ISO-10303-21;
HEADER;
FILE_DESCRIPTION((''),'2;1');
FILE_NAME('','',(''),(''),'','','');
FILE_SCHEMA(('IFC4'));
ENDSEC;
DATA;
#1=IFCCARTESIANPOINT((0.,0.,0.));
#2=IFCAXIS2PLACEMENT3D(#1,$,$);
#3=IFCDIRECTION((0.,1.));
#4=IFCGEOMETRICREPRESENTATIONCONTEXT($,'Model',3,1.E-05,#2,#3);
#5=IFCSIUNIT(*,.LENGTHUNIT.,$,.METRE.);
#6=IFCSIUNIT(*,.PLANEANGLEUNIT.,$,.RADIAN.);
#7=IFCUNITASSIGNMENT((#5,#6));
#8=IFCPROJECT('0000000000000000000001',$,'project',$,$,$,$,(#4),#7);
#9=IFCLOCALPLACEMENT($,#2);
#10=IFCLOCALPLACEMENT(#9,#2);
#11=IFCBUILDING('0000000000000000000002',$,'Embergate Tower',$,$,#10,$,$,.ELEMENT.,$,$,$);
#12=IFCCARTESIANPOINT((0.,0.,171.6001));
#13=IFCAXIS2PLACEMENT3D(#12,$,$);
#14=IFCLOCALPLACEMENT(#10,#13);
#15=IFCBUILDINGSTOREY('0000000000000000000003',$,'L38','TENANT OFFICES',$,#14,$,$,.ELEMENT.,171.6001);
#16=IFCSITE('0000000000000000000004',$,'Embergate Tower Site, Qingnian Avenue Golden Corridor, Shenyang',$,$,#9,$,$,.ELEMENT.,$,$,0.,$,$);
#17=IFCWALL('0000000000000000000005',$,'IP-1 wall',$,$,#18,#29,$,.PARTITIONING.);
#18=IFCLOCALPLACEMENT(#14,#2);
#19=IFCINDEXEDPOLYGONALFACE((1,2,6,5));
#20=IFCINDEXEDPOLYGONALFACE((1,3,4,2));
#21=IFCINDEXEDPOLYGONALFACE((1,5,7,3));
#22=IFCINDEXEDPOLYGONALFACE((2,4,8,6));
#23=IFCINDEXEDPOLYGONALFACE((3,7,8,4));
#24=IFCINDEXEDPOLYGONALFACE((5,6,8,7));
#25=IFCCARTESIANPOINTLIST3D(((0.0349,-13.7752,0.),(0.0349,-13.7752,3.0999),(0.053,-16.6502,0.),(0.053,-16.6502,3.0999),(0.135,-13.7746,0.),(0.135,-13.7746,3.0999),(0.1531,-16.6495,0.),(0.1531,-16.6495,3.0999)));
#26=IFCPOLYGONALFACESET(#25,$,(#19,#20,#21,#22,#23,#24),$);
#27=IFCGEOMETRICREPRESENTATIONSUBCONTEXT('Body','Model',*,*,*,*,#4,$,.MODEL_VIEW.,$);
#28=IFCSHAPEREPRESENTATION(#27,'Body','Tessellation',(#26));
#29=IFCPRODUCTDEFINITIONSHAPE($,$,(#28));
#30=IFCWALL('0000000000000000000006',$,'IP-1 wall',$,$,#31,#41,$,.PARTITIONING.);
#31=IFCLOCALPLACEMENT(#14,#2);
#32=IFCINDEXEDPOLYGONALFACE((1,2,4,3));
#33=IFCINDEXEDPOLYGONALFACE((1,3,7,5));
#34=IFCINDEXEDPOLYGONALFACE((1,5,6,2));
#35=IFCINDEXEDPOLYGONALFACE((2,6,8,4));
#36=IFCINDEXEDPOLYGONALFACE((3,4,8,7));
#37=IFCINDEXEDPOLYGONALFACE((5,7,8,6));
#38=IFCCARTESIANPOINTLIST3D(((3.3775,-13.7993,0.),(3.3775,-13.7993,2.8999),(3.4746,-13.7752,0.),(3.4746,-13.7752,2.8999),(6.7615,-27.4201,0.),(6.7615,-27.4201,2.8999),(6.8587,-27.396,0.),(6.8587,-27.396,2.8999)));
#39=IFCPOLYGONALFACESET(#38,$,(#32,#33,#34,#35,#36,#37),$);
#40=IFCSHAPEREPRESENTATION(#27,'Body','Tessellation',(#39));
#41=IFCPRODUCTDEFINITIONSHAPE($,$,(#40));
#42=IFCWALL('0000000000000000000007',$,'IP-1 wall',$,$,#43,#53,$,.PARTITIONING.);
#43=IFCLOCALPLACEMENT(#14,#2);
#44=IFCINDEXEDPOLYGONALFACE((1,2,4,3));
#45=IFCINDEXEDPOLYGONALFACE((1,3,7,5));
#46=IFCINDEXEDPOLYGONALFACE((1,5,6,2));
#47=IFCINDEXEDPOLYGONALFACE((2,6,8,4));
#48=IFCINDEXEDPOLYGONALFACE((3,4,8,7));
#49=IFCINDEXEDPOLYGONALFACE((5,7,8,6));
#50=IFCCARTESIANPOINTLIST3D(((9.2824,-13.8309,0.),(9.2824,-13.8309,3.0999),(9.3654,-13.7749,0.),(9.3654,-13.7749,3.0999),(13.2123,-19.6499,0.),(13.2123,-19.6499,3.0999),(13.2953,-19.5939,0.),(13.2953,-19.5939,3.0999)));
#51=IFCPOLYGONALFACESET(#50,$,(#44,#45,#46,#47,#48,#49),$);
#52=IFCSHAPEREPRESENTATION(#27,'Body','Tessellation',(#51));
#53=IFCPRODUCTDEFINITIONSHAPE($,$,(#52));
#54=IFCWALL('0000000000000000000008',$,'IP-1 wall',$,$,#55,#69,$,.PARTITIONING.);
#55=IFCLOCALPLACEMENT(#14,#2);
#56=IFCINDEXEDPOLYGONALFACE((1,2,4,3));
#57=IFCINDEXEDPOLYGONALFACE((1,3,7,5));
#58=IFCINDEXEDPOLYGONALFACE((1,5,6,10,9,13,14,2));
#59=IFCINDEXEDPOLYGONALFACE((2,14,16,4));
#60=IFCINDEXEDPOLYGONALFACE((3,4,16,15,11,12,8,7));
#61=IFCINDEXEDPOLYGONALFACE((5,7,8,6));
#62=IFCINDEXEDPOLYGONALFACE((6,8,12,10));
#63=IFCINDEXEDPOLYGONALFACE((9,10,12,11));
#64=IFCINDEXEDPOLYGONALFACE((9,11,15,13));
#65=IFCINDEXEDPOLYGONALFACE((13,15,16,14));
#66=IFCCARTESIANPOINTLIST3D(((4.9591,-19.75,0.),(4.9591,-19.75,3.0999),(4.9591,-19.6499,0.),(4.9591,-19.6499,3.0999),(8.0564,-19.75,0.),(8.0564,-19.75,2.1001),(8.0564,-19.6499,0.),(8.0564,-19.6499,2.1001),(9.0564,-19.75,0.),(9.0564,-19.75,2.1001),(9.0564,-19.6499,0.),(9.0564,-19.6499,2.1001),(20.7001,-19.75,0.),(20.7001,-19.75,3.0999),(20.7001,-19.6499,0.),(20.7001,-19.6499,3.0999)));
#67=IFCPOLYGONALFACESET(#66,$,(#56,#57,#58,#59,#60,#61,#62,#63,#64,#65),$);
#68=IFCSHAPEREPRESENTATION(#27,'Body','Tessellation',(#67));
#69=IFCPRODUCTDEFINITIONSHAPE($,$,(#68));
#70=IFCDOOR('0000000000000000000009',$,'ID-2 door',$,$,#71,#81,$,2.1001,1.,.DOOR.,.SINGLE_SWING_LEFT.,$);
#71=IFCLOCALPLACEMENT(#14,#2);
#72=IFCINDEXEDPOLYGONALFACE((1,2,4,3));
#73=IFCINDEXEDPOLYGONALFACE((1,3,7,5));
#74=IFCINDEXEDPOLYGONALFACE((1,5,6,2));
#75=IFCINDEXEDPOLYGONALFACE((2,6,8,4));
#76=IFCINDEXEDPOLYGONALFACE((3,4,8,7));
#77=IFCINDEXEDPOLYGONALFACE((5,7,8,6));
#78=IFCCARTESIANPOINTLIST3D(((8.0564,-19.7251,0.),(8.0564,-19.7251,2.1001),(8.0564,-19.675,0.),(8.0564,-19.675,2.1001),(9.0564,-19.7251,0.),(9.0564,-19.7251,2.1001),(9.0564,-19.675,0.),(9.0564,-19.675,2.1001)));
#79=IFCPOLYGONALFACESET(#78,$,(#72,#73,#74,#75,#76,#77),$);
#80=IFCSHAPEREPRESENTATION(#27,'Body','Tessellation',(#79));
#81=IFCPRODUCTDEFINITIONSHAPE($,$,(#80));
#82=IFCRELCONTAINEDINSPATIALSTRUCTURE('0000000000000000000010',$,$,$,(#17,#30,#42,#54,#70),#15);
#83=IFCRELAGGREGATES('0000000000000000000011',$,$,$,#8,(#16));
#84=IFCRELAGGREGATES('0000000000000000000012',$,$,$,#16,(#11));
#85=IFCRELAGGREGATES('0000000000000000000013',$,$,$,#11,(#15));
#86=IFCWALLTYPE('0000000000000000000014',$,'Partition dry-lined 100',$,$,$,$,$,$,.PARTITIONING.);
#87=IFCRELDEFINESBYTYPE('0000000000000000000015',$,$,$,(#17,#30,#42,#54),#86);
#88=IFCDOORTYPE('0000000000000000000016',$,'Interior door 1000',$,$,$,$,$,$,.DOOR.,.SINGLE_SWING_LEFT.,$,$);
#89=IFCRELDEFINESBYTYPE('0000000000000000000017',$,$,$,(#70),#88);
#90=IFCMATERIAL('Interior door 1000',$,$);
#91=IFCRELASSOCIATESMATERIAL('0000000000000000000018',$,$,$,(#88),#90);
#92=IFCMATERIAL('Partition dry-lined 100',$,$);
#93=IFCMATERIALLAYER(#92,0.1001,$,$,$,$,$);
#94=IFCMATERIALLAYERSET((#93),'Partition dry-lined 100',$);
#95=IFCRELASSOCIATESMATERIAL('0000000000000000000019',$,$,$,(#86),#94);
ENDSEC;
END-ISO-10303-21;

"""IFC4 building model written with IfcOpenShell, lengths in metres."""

from ifc_helpers import new_model, si_unit, direction, frame, frame_2d, origin, place, context, subcontext, project, spatial, rectangle, extrude, source, transform, mapped, material, layer, layer_set, type_object, element, fill, save


model = new_model("IFC4")

# Units and contexts
model_context = context("Model", 3, precision=1e-05, world=origin(), true_north=direction((0.0, 1.0)))
body_context = subcontext(model_context, "Body", "Model", "MODEL_VIEW")
ifc_project = project(units=[si_unit("LENGTHUNIT", "METRE"), si_unit("PLANEANGLEUNIT", "RADIAN")], contexts=[model_context])

# Site, building, storey
site_placement = place(None, origin())
site = spatial("IfcSite", under=ifc_project, at=site_placement, Name="Embergate Tower Site, Qingnian Avenue Golden Corridor, Shenyang", CompositionType="ELEMENT", RefElevation=0.0)
building_placement = place(site_placement, origin())
building = spatial("IfcBuilding", under=site, at=building_placement, Name="Embergate Tower", CompositionType="ELEMENT")
storey_placement = place(building_placement, frame((0.0, 0.0, 171.6001)))
storey = spatial("IfcBuildingStorey", under=building, at=storey_placement, Name="L38", Description="TENANT OFFICES", CompositionType="ELEMENT", Elevation=171.6001)

# Shared definitions
shared_shape_1 = source(origin(), body_context, "Body", "SweptSolid", [
    extrude(rectangle(XDim=1.0, YDim=2.1001, at=frame_2d((0.5, 1.05))), frame((0.0, 0.0249, 0.0), z_axis=(0.0, -1.0, 0.0), x_axis=(1.0, 0.0, 0.0)), (0.0, 0.0, 1.0), 0.05),
])
ifc_material_1 = material(Name="Interior door 1000")
door_type_1 = type_object("IfcDoorType", Name="Interior door 1000", OperationType="SINGLE_SWING_LEFT", PredefinedType="DOOR", material=ifc_material_1)

# Shared definitions
ifc_material_2 = material(Name="Partition dry-lined 100")
ifc_layer_1 = layer(ifc_material_2, 0.1001)
ifc_layer_set_1 = layer_set([ifc_layer_1], Name="Partition dry-lined 100")
wall_type_1 = type_object("IfcWallType", Name="Partition dry-lined 100", PredefinedType="PARTITIONING", material=ifc_layer_set_1)
shared_shape_2 = source(origin(), body_context, "Body", "SweptSolid", [
    extrude(rectangle(XDim=1.0, YDim=2.1001, at=frame_2d((0.5, 1.05))), frame((0.0, 0.0601, 0.0), z_axis=(0.0, -1.0, 0.0), x_axis=(1.0, 0.0, 0.0)), (0.0, 0.0, 1.0), 0.1201),
])

# Walls
shared_shape_3 = source(origin(), body_context, "Body", "SweptSolid", [
    extrude(rectangle(XDim=2.875, YDim=0.1001, at=frame_2d((1.4375, 0.0))), origin(), (0.0, 0.0, 1.0), 3.0999),
])
wall_1_placement = place(storey_placement, frame((0.085, -13.7749, 0.0), z_axis=(0.0, 0.0, 1.0), x_axis=(0.006284, -0.99998, 0.0)))
element("IfcWall", 1, at=wall_1_placement, inside=storey, type_object=wall_type_1, Name="IP-1 wall", PredefinedType="PARTITIONING", context=body_context, shape_type="MappedRepresentation", body=[
    mapped(shared_shape_3, transform((0.0, 0.0, 0.0))),
])
shared_shape_4 = source(origin(), body_context, "Body", "SweptSolid", [
    extrude(rectangle(XDim=14.0349, YDim=0.1001, at=frame_2d((7.0176, 0.0))), origin(), (0.0, 0.0, 1.0), 2.8999),
])
wall_2_placement = place(storey_placement, frame((3.426, -13.7871, 0.0), z_axis=(0.0, 0.0, 1.0), x_axis=(0.241115, -0.970497, 0.0)))
element("IfcWall", 2, at=wall_2_placement, inside=storey, type_object=wall_type_1, Name="IP-1 wall", PredefinedType="PARTITIONING", context=body_context, shape_type="MappedRepresentation", body=[
    mapped(shared_shape_4, transform((0.0, 0.0, 0.0))),
])
shared_shape_5 = source(origin(), body_context, "Body", "SweptSolid", [
    extrude(rectangle(XDim=7.0217, YDim=0.1001, at=frame_2d((3.5107, 0.0))), origin(), (0.0, 0.0, 1.0), 3.0999),
])
wall_3_placement = place(storey_placement, frame((9.324, -13.803, 0.0), z_axis=(0.0, 0.0, 1.0), x_axis=(0.559673, -0.828714, 0.0)))
element("IfcWall", 3, at=wall_3_placement, inside=storey, type_object=wall_type_1, Name="IP-1 wall", PredefinedType="PARTITIONING", context=body_context, shape_type="MappedRepresentation", body=[
    mapped(shared_shape_5, transform((0.0, 0.0, 0.0))),
])

# Wall, opening, door
shared_shape_6 = source(origin(), body_context, "Body", "SweptSolid", [
    extrude(rectangle(XDim=15.741, YDim=0.1001, at=frame_2d((7.8706, 0.0))), origin(), (0.0, 0.0, 1.0), 3.0999),
])
wall_4_placement = place(storey_placement, frame((4.959, -19.7, 0.0), z_axis=(0.0, 0.0, 1.0), x_axis=(1.0, 0.0, 0.0)))
wall_4 = element("IfcWall", 4, at=wall_4_placement, inside=storey, type_object=wall_type_1, Name="IP-1 wall", PredefinedType="PARTITIONING", context=body_context, shape_type="MappedRepresentation", body=[
    mapped(shared_shape_6, transform((0.0, 0.0, 0.0))),
])
opening_1_placement = place(wall_4_placement, frame((3.0974, 0.0, 0.0)))
opening_1 = element("IfcOpeningElement", 5, at=opening_1_placement, cuts=wall_4, PredefinedType="OPENING", context=body_context, shape_type="MappedRepresentation", body=[
    mapped(shared_shape_2, transform((0.0, 0.0, 0.0))),
])
door_1_placement = place(opening_1_placement, origin())
door_1 = element("IfcDoor", 6, at=door_1_placement, inside=storey, type_object=door_type_1, Name="ID-2 door", OperationType="SINGLE_SWING_LEFT", OverallHeight=2.1001, OverallWidth=1.0, PredefinedType="DOOR", context=body_context, shape_type="MappedRepresentation", body=[
    mapped(shared_shape_1, transform((0.0, 0.0, 0.0))),
])
fill(opening_1, door_1)

save(model, "model.ifc")
